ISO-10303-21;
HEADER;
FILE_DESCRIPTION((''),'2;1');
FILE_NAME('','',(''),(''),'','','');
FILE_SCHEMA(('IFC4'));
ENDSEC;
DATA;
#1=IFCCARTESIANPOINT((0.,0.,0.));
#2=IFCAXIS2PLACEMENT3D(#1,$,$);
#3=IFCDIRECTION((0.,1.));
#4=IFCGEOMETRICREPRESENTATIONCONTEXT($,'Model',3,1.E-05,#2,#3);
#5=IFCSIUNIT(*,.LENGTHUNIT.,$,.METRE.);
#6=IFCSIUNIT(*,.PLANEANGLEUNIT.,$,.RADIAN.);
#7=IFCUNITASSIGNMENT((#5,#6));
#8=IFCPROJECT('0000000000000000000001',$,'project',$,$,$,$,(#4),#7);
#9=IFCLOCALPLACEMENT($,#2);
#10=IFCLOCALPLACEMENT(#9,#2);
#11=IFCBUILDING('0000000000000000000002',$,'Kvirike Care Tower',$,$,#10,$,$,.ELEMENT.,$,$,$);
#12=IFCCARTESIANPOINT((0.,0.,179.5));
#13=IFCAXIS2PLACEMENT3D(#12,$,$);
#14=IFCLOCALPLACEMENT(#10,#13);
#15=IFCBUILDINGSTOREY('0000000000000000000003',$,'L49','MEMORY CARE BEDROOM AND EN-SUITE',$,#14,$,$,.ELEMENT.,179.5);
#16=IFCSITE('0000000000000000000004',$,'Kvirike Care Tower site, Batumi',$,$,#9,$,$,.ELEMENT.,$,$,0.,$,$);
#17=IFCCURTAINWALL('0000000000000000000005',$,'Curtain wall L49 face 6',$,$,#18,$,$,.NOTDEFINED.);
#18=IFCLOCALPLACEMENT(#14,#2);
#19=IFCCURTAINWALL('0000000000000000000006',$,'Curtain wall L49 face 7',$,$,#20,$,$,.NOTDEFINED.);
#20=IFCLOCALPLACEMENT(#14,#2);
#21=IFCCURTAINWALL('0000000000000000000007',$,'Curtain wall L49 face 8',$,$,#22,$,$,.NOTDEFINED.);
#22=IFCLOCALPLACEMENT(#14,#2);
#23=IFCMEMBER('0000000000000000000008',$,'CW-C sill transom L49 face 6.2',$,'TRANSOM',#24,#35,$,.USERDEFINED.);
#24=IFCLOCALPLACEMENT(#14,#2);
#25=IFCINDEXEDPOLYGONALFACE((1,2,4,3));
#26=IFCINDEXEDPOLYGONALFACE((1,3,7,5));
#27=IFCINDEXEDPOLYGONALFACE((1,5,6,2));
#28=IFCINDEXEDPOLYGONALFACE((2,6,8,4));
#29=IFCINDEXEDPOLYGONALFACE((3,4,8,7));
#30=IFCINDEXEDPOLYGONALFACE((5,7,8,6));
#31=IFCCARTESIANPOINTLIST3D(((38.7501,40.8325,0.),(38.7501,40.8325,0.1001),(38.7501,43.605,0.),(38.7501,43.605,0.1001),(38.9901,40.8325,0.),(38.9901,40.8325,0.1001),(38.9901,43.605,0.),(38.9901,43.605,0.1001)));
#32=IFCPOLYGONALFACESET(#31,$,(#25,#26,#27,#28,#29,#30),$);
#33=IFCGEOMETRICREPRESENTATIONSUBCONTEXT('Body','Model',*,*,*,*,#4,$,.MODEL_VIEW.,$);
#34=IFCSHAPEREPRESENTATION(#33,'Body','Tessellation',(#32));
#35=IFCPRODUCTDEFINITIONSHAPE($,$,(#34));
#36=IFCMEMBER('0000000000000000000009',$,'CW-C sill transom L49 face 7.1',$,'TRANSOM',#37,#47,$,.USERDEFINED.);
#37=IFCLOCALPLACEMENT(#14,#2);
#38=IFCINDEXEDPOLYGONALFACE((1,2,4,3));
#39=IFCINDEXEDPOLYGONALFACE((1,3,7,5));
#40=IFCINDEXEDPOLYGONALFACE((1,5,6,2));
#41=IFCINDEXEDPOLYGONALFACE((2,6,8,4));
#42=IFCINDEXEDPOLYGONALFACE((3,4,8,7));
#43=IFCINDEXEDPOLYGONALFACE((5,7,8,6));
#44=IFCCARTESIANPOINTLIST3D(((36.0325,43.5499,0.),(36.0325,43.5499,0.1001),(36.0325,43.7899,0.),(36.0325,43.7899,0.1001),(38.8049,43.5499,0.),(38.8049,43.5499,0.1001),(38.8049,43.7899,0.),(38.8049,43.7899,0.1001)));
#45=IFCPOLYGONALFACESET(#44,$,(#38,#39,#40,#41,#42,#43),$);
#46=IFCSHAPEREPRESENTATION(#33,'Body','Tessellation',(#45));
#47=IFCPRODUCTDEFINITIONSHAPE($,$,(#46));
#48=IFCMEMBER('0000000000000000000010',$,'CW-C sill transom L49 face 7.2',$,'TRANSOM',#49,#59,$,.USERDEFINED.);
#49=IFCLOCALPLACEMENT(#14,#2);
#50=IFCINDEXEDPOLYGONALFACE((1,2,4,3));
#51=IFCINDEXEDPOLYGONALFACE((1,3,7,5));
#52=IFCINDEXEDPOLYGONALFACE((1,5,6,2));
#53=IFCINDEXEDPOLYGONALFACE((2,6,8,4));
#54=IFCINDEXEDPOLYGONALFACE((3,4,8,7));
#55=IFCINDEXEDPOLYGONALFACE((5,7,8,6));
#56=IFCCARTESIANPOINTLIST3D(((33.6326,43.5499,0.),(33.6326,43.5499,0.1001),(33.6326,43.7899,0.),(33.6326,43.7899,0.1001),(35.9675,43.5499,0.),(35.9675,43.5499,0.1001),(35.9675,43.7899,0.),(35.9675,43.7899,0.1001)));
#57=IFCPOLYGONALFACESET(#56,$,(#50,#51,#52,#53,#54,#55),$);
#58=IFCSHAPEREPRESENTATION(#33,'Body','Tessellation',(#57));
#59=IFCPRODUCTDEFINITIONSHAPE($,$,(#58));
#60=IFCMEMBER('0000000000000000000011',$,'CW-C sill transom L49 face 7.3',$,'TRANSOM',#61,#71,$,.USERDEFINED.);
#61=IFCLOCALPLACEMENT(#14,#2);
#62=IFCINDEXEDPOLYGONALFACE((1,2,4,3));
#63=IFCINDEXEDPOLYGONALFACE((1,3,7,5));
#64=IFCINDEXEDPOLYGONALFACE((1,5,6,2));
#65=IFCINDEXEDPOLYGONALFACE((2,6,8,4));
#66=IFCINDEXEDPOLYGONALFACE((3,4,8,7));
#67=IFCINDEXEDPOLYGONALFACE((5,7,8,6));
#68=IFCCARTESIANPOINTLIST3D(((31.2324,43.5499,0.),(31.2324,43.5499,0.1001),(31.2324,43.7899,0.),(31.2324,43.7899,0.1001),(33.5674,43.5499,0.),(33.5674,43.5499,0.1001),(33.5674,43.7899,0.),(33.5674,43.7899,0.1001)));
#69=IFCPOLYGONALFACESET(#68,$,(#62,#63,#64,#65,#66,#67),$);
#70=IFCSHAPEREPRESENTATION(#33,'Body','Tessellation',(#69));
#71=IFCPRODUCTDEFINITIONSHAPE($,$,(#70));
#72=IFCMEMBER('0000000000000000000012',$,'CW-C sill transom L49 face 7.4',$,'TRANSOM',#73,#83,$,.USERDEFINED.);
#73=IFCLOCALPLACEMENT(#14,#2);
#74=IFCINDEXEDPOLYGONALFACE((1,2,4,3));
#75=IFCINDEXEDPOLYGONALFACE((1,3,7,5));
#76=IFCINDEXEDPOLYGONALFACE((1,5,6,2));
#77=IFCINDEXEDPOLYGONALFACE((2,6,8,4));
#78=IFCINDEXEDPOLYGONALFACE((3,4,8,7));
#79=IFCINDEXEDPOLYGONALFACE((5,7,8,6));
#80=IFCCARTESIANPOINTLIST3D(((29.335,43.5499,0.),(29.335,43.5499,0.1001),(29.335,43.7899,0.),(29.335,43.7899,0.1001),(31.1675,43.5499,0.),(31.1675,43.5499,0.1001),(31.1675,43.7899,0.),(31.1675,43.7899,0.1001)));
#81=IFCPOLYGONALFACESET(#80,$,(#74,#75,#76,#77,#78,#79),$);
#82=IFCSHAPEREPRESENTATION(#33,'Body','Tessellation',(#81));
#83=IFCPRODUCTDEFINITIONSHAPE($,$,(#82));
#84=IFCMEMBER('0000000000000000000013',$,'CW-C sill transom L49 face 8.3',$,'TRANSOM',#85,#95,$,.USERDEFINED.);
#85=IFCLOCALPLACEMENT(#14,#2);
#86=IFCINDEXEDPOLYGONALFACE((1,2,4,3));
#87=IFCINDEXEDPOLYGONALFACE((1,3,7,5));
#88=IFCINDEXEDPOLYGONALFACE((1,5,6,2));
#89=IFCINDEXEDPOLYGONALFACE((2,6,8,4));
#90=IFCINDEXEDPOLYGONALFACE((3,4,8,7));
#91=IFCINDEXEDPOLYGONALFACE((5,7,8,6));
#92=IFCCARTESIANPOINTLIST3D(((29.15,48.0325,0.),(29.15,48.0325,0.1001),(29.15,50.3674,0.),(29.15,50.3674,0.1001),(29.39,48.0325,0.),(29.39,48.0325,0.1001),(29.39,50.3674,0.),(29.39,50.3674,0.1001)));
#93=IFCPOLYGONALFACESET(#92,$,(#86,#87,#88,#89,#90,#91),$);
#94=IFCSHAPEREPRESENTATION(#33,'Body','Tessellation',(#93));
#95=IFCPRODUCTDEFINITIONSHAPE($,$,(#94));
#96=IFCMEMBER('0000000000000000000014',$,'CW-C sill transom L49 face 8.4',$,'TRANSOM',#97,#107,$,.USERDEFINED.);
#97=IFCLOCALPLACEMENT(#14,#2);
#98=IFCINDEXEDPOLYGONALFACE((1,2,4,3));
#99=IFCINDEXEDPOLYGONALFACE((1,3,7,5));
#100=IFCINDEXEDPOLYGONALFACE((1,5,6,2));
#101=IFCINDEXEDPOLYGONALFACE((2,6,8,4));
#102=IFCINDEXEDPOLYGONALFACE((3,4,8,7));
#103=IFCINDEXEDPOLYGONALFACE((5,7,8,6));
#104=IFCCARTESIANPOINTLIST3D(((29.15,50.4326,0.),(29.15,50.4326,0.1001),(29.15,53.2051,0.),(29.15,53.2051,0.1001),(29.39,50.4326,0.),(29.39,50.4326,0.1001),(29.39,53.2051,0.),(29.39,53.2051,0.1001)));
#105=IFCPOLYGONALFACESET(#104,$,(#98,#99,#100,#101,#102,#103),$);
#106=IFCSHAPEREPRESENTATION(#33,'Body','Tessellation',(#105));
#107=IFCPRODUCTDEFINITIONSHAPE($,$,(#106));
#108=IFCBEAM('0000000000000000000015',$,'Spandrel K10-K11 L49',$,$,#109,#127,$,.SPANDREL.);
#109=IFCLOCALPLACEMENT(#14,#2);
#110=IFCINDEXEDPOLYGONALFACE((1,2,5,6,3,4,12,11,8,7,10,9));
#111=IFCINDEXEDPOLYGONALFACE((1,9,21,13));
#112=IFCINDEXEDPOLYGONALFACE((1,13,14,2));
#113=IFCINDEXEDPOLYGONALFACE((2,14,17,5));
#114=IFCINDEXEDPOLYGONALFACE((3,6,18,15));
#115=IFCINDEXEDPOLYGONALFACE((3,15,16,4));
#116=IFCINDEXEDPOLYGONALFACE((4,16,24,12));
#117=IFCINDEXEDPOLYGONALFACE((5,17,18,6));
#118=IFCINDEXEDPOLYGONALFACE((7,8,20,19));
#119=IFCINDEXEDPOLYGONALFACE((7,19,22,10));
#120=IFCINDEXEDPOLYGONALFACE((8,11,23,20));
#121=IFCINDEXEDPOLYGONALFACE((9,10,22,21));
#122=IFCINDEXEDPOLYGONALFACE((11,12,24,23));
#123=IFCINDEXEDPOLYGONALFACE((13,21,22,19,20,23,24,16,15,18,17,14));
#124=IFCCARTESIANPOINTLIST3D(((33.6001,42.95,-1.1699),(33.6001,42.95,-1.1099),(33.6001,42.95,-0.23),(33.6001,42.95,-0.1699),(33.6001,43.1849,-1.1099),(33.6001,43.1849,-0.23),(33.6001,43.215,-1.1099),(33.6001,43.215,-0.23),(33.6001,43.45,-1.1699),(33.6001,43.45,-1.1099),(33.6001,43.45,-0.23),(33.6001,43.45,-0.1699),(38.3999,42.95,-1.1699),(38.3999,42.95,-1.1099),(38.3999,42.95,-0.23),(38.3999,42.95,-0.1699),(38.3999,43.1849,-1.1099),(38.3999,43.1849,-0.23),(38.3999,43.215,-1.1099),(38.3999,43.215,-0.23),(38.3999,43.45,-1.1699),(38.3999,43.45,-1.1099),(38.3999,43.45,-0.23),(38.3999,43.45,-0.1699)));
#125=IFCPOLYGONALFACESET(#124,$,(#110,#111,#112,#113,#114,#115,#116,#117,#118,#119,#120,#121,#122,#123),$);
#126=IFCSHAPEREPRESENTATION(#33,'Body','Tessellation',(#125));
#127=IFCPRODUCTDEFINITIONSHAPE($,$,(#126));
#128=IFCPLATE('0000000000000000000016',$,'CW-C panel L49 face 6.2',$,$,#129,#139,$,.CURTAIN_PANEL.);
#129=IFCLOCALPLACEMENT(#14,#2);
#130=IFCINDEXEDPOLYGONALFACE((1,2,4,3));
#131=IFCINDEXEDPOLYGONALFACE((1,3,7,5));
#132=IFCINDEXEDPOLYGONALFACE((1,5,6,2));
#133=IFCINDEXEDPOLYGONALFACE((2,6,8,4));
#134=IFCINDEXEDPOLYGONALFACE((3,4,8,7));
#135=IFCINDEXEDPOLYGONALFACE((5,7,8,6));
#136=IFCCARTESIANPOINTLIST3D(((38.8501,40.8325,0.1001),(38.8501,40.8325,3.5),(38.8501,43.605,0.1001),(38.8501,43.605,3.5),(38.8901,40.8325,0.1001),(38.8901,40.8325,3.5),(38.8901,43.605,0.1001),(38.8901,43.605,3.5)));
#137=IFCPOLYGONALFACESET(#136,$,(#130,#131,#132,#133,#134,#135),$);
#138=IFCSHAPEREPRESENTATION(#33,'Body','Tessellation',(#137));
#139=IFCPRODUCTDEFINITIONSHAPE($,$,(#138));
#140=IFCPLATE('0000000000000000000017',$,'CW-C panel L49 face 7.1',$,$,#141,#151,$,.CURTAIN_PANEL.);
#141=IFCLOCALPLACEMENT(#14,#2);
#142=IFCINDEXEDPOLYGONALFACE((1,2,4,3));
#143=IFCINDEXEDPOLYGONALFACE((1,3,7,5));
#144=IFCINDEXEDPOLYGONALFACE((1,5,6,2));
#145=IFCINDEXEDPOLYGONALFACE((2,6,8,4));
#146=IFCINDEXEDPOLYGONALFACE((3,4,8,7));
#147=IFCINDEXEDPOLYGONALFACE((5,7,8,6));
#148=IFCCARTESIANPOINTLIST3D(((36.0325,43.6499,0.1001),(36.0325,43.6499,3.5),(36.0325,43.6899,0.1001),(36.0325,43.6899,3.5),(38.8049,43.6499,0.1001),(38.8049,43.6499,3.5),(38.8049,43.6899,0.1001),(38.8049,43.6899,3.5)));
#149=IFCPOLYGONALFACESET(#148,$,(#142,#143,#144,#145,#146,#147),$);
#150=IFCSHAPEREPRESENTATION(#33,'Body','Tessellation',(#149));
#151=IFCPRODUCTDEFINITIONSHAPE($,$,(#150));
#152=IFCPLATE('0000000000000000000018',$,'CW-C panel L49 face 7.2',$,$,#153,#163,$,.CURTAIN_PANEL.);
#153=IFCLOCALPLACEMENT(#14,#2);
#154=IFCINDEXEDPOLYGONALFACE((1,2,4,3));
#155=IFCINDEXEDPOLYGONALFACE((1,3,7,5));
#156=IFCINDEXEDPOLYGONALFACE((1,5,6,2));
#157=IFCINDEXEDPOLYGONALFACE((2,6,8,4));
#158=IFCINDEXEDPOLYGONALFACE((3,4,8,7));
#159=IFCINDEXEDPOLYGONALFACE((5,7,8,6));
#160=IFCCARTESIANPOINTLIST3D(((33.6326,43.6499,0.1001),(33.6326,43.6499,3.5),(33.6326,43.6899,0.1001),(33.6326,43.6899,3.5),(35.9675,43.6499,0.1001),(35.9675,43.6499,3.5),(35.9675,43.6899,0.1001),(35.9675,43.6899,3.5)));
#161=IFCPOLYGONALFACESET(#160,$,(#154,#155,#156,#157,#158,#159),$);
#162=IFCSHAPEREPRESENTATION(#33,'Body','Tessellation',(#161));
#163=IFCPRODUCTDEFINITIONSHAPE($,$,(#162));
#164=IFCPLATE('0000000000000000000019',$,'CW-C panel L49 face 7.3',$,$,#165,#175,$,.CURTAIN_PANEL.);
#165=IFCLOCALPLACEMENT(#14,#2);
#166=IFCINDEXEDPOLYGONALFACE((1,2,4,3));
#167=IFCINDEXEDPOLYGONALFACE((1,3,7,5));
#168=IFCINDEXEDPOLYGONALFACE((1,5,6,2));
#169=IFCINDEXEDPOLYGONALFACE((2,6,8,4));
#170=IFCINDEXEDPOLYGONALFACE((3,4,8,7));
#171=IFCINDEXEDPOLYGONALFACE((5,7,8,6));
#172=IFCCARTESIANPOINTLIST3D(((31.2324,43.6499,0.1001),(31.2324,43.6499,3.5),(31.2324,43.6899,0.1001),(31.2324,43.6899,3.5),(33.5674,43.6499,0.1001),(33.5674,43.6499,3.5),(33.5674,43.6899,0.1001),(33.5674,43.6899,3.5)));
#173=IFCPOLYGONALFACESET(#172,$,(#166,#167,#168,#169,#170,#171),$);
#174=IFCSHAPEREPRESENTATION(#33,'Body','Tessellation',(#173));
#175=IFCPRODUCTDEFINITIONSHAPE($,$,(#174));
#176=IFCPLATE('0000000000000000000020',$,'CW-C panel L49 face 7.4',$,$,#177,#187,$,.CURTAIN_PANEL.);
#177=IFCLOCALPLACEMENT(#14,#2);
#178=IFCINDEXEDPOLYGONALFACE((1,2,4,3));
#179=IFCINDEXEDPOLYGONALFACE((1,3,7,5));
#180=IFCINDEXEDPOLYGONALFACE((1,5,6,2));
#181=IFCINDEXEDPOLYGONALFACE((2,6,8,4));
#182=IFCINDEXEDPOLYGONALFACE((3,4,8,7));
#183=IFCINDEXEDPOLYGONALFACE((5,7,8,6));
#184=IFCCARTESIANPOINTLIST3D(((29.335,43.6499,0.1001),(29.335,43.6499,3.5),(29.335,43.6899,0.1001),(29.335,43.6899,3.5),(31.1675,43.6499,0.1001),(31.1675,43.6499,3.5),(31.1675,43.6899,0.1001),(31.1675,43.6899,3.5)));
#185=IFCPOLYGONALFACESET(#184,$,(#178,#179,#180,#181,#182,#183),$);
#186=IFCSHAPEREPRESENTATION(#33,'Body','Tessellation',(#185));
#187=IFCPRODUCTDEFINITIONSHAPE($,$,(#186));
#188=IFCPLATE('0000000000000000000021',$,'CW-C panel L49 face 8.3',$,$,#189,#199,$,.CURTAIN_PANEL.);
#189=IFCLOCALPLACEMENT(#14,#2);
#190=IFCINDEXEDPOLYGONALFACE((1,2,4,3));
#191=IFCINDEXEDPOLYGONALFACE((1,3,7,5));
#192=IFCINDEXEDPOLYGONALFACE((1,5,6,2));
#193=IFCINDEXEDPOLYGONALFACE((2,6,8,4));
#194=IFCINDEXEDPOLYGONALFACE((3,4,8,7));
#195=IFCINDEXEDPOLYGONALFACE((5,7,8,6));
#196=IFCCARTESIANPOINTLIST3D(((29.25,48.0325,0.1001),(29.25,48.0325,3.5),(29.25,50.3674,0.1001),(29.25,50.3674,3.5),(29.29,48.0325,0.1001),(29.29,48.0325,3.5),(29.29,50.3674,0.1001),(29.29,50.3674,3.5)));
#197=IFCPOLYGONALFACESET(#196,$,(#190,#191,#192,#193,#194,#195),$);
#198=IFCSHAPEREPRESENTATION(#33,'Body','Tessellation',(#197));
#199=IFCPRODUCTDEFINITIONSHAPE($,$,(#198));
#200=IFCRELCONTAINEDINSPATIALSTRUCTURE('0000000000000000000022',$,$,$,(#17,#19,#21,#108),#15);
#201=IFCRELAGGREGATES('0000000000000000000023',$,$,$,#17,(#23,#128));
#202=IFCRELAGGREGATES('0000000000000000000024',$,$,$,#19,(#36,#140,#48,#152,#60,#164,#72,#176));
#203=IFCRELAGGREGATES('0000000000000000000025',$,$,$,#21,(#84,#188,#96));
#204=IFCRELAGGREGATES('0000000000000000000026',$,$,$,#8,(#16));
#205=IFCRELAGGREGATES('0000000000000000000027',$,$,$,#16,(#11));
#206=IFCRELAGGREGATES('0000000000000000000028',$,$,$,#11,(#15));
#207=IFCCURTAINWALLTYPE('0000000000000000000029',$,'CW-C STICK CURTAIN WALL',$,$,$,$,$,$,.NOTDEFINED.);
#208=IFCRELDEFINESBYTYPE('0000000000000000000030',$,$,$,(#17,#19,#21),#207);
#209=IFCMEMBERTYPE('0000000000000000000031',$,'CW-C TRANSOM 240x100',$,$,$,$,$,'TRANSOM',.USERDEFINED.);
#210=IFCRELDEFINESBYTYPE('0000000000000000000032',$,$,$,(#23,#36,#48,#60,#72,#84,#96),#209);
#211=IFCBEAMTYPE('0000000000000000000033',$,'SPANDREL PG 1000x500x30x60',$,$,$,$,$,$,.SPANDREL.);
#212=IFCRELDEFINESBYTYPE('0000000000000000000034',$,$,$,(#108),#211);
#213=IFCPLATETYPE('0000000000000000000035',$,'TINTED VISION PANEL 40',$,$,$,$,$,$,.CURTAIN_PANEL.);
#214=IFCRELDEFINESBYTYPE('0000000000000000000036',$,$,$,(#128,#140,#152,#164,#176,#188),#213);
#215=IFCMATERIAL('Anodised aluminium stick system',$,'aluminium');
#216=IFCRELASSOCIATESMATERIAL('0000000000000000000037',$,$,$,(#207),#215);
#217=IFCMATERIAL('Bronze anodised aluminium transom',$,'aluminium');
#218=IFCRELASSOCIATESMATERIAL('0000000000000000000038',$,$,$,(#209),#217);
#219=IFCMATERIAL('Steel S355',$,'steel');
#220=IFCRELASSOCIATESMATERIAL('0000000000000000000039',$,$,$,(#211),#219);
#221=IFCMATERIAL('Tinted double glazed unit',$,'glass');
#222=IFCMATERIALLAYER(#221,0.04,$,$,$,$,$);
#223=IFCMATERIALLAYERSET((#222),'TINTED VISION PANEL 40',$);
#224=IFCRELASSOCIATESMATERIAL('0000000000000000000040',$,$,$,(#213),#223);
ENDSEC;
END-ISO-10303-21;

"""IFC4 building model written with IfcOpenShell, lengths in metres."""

from ifc_helpers import new_model, si_unit, direction, frame, origin, origin_2d, place, context, subcontext, project, spatial, rectangle, i_section, extrude, material, layer, layer_set, material_profile, profile_set, type_object, element, aggregate, save


model = new_model("IFC4")

# Units and contexts
model_context = context("Model", 3, precision=1e-05, world=origin(), true_north=direction((0.0, 1.0)))
body_context = subcontext(model_context, "Body", "Model", "MODEL_VIEW")
ifc_project = project(units=[si_unit("LENGTHUNIT", "METRE"), si_unit("PLANEANGLEUNIT", "RADIAN")], contexts=[model_context])

# Site, building, storey
site_placement = place(None, origin())
site = spatial("IfcSite", under=ifc_project, at=site_placement, Name="Kvirike Care Tower site, Batumi", CompositionType="ELEMENT", RefElevation=0.0)
building_placement = place(site_placement, origin())
building = spatial("IfcBuilding", under=site, at=building_placement, Name="Kvirike Care Tower", CompositionType="ELEMENT")
storey_placement = place(building_placement, frame((0.0, 0.0, 179.5)))
storey = spatial("IfcBuildingStorey", under=building, at=storey_placement, Name="L49", Description="MEMORY CARE BEDROOM AND EN-SUITE", CompositionType="ELEMENT", Elevation=179.5)

# Curtain walls
ifc_material_1 = material(Name="Anodised aluminium stick system", Category="aluminium")
curtain_wall_type = type_object("IfcCurtainWallType", Name="CW-C STICK CURTAIN WALL", PredefinedType="NOTDEFINED", material=ifc_material_1)
curtain_wall_1_placement = place(storey_placement, origin())
curtain_wall_1 = element("IfcCurtainWall", 1, at=curtain_wall_1_placement, inside=storey, type_object=curtain_wall_type, Name="Curtain wall L49 face 6", PredefinedType="NOTDEFINED")
curtain_wall_2_placement = place(storey_placement, origin())
curtain_wall_2 = element("IfcCurtainWall", 2, at=curtain_wall_2_placement, inside=storey, type_object=curtain_wall_type, Name="Curtain wall L49 face 7", PredefinedType="NOTDEFINED")
curtain_wall_3_placement = place(storey_placement, origin())
curtain_wall_3 = element("IfcCurtainWall", 3, at=curtain_wall_3_placement, inside=storey, type_object=curtain_wall_type, Name="Curtain wall L49 face 8", PredefinedType="NOTDEFINED")

# Members
ifc_material_2 = material(Name="Bronze anodised aluminium transom", Category="aluminium")
ifc_material_profile_1 = material_profile(ifc_material_2, rectangle(XDim=0.24, YDim=0.1001, at=origin_2d()), Name="CW-C TRANSOM 240x100")
ifc_profile_set_1 = profile_set([ifc_material_profile_1], Name="Bronze anodised aluminium transom")
member_type_1 = type_object("IfcMemberType", Name="CW-C TRANSOM 240x100", ElementType="TRANSOM", PredefinedType="USERDEFINED", material=ifc_profile_set_1)
member_1_placement = place(storey_placement, frame((38.8701, 40.8325, 0.05), z_axis=(0.0, 1.0, 0.0), x_axis=(-1.0, 0.0, 0.0)))
member_1 = element("IfcMember", 4, at=member_1_placement, type_object=member_type_1, Name="CW-C sill transom L49 face 6.2", ObjectType="TRANSOM", PredefinedType="USERDEFINED", context=body_context, shape_type="SweptSolid", body=[
    extrude(rectangle(XDim=0.24, YDim=0.1001, at=origin_2d()), origin(), (0.0, 0.0, 1.0), 2.7725),
])
member_2_placement = place(storey_placement, frame((38.8049, 43.6699, 0.05), z_axis=(-1.0, 0.0, 0.0), x_axis=(0.0, -1.0, 0.0)))
member_2 = element("IfcMember", 5, at=member_2_placement, type_object=member_type_1, Name="CW-C sill transom L49 face 7.1", ObjectType="TRANSOM", PredefinedType="USERDEFINED", context=body_context, shape_type="SweptSolid", body=[
    extrude(rectangle(XDim=0.24, YDim=0.1001, at=origin_2d()), origin(), (0.0, 0.0, 1.0), 2.7725),
])
member_3_placement = place(storey_placement, frame((35.9675, 43.6699, 0.05), z_axis=(-1.0, 0.0, 0.0), x_axis=(0.0, -1.0, 0.0)))
member_3 = element("IfcMember", 6, at=member_3_placement, type_object=member_type_1, Name="CW-C sill transom L49 face 7.2", ObjectType="TRANSOM", PredefinedType="USERDEFINED", context=body_context, shape_type="SweptSolid", body=[
    extrude(rectangle(XDim=0.24, YDim=0.1001, at=origin_2d()), origin(), (0.0, 0.0, 1.0), 2.335),
])
member_4_placement = place(storey_placement, frame((33.5674, 43.6699, 0.05), z_axis=(-1.0, 0.0, 0.0), x_axis=(0.0, -1.0, 0.0)))
member_4 = element("IfcMember", 7, at=member_4_placement, type_object=member_type_1, Name="CW-C sill transom L49 face 7.3", ObjectType="TRANSOM", PredefinedType="USERDEFINED", context=body_context, shape_type="SweptSolid", body=[
    extrude(rectangle(XDim=0.24, YDim=0.1001, at=origin_2d()), origin(), (0.0, 0.0, 1.0), 2.335),
])
member_5_placement = place(storey_placement, frame((31.1675, 43.6699, 0.05), z_axis=(-1.0, 0.0, 0.0), x_axis=(0.0, -1.0, 0.0)))
member_5 = element("IfcMember", 8, at=member_5_placement, type_object=member_type_1, Name="CW-C sill transom L49 face 7.4", ObjectType="TRANSOM", PredefinedType="USERDEFINED", context=body_context, shape_type="SweptSolid", body=[
    extrude(rectangle(XDim=0.24, YDim=0.1001, at=origin_2d()), origin(), (0.0, 0.0, 1.0), 1.8325),
])
member_6_placement = place(storey_placement, frame((29.27, 48.0325, 0.05), z_axis=(0.0, 1.0, 0.0), x_axis=(-1.0, 0.0, 0.0)))
member_6 = element("IfcMember", 9, at=member_6_placement, type_object=member_type_1, Name="CW-C sill transom L49 face 8.3", ObjectType="TRANSOM", PredefinedType="USERDEFINED", context=body_context, shape_type="SweptSolid", body=[
    extrude(rectangle(XDim=0.24, YDim=0.1001, at=origin_2d()), origin(), (0.0, 0.0, 1.0), 2.335),
])
member_7_placement = place(storey_placement, frame((29.27, 50.4326, 0.05), z_axis=(0.0, 1.0, 0.0), x_axis=(-1.0, 0.0, 0.0)))
member_7 = element("IfcMember", 10, at=member_7_placement, type_object=member_type_1, Name="CW-C sill transom L49 face 8.4", ObjectType="TRANSOM", PredefinedType="USERDEFINED", context=body_context, shape_type="SweptSolid", body=[
    extrude(rectangle(XDim=0.24, YDim=0.1001, at=origin_2d()), origin(), (0.0, 0.0, 1.0), 2.7725),
])

# Beam
ifc_material_3 = material(Name="Steel S355", Category="steel")
ifc_material_profile_2 = material_profile(ifc_material_3, i_section(OverallWidth=0.5, OverallDepth=1.0, WebThickness=0.03, FlangeThickness=0.0601, at=origin_2d()), Name="PG 1000x500x30x60")
ifc_profile_set_2 = profile_set([ifc_material_profile_2], Name="Steel S355")
beam_type = type_object("IfcBeamType", Name="SPANDREL PG 1000x500x30x60", PredefinedType="SPANDREL", material=ifc_profile_set_2)
beam_placement = place(storey_placement, frame((33.6001, 43.2, -0.6699), z_axis=(1.0, 0.0, 0.0), x_axis=(0.0, 1.0, 0.0)))
element("IfcBeam", 11, at=beam_placement, inside=storey, type_object=beam_type, Name="Spandrel K10-K11 L49", PredefinedType="SPANDREL", context=body_context, shape_type="SweptSolid", body=[
    extrude(i_section(OverallWidth=0.5, OverallDepth=1.0, WebThickness=0.03, FlangeThickness=0.0601, at=origin_2d()), origin(), (0.0, 0.0, 1.0), 4.7998),
])

# Plates
ifc_material_4 = material(Name="Tinted double glazed unit", Category="glass")
ifc_layer_1 = layer(ifc_material_4, 0.04)
ifc_layer_set_1 = layer_set([ifc_layer_1], Name="TINTED VISION PANEL 40")
plate_type = type_object("IfcPlateType", Name="TINTED VISION PANEL 40", PredefinedType="CURTAIN_PANEL", material=ifc_layer_set_1)
plate_1_placement = place(storey_placement, frame((38.8701, 42.2188, 0.1001), z_axis=(0.0, 0.0, 1.0), x_axis=(0.0, 1.0, 0.0)))
plate_1 = element("IfcPlate", 12, at=plate_1_placement, type_object=plate_type, Name="CW-C panel L49 face 6.2", PredefinedType="CURTAIN_PANEL", context=body_context, shape_type="SweptSolid", body=[
    extrude(rectangle(XDim=2.7725, YDim=0.04, at=origin_2d()), origin(), (0.0, 0.0, 1.0), 3.3999),
])
aggregate(curtain_wall_1, [member_1, plate_1])
plate_2_placement = place(storey_placement, frame((37.4187, 43.6699, 0.1001), z_axis=(0.0, 0.0, 1.0), x_axis=(-1.0, 0.0, 0.0)))
plate_2 = element("IfcPlate", 13, at=plate_2_placement, type_object=plate_type, Name="CW-C panel L49 face 7.1", PredefinedType="CURTAIN_PANEL", context=body_context, shape_type="SweptSolid", body=[
    extrude(rectangle(XDim=2.7725, YDim=0.04, at=origin_2d()), origin(), (0.0, 0.0, 1.0), 3.3999),
])
plate_3_placement = place(storey_placement, frame((34.8, 43.6699, 0.1001), z_axis=(0.0, 0.0, 1.0), x_axis=(-1.0, 0.0, 0.0)))
plate_3 = element("IfcPlate", 14, at=plate_3_placement, type_object=plate_type, Name="CW-C panel L49 face 7.2", PredefinedType="CURTAIN_PANEL", context=body_context, shape_type="SweptSolid", body=[
    extrude(rectangle(XDim=2.335, YDim=0.04, at=origin_2d()), origin(), (0.0, 0.0, 1.0), 3.3999),
])
plate_4_placement = place(storey_placement, frame((32.3999, 43.6699, 0.1001), z_axis=(0.0, 0.0, 1.0), x_axis=(-1.0, 0.0, 0.0)))
plate_4 = element("IfcPlate", 15, at=plate_4_placement, type_object=plate_type, Name="CW-C panel L49 face 7.3", PredefinedType="CURTAIN_PANEL", context=body_context, shape_type="SweptSolid", body=[
    extrude(rectangle(XDim=2.335, YDim=0.04, at=origin_2d()), origin(), (0.0, 0.0, 1.0), 3.3999),
])
plate_5_placement = place(storey_placement, frame((30.2512, 43.6699, 0.1001), z_axis=(0.0, 0.0, 1.0), x_axis=(-1.0, 0.0, 0.0)))
plate_5 = element("IfcPlate", 16, at=plate_5_placement, type_object=plate_type, Name="CW-C panel L49 face 7.4", PredefinedType="CURTAIN_PANEL", context=body_context, shape_type="SweptSolid", body=[
    extrude(rectangle(XDim=1.8325, YDim=0.04, at=origin_2d()), origin(), (0.0, 0.0, 1.0), 3.3999),
])
aggregate(curtain_wall_2, [member_2, plate_2, member_3, plate_3, member_4, plate_4, member_5, plate_5])
plate_6_placement = place(storey_placement, frame((29.27, 49.2, 0.1001), z_axis=(0.0, 0.0, 1.0), x_axis=(0.0, 1.0, 0.0)))
plate_6 = element("IfcPlate", 17, at=plate_6_placement, type_object=plate_type, Name="CW-C panel L49 face 8.3", PredefinedType="CURTAIN_PANEL", context=body_context, shape_type="SweptSolid", body=[
    extrude(rectangle(XDim=2.335, YDim=0.04, at=origin_2d()), origin(), (0.0, 0.0, 1.0), 3.3999),
])
aggregate(curtain_wall_3, [member_6, plate_6, member_7])

save(model, "model.ifc")
